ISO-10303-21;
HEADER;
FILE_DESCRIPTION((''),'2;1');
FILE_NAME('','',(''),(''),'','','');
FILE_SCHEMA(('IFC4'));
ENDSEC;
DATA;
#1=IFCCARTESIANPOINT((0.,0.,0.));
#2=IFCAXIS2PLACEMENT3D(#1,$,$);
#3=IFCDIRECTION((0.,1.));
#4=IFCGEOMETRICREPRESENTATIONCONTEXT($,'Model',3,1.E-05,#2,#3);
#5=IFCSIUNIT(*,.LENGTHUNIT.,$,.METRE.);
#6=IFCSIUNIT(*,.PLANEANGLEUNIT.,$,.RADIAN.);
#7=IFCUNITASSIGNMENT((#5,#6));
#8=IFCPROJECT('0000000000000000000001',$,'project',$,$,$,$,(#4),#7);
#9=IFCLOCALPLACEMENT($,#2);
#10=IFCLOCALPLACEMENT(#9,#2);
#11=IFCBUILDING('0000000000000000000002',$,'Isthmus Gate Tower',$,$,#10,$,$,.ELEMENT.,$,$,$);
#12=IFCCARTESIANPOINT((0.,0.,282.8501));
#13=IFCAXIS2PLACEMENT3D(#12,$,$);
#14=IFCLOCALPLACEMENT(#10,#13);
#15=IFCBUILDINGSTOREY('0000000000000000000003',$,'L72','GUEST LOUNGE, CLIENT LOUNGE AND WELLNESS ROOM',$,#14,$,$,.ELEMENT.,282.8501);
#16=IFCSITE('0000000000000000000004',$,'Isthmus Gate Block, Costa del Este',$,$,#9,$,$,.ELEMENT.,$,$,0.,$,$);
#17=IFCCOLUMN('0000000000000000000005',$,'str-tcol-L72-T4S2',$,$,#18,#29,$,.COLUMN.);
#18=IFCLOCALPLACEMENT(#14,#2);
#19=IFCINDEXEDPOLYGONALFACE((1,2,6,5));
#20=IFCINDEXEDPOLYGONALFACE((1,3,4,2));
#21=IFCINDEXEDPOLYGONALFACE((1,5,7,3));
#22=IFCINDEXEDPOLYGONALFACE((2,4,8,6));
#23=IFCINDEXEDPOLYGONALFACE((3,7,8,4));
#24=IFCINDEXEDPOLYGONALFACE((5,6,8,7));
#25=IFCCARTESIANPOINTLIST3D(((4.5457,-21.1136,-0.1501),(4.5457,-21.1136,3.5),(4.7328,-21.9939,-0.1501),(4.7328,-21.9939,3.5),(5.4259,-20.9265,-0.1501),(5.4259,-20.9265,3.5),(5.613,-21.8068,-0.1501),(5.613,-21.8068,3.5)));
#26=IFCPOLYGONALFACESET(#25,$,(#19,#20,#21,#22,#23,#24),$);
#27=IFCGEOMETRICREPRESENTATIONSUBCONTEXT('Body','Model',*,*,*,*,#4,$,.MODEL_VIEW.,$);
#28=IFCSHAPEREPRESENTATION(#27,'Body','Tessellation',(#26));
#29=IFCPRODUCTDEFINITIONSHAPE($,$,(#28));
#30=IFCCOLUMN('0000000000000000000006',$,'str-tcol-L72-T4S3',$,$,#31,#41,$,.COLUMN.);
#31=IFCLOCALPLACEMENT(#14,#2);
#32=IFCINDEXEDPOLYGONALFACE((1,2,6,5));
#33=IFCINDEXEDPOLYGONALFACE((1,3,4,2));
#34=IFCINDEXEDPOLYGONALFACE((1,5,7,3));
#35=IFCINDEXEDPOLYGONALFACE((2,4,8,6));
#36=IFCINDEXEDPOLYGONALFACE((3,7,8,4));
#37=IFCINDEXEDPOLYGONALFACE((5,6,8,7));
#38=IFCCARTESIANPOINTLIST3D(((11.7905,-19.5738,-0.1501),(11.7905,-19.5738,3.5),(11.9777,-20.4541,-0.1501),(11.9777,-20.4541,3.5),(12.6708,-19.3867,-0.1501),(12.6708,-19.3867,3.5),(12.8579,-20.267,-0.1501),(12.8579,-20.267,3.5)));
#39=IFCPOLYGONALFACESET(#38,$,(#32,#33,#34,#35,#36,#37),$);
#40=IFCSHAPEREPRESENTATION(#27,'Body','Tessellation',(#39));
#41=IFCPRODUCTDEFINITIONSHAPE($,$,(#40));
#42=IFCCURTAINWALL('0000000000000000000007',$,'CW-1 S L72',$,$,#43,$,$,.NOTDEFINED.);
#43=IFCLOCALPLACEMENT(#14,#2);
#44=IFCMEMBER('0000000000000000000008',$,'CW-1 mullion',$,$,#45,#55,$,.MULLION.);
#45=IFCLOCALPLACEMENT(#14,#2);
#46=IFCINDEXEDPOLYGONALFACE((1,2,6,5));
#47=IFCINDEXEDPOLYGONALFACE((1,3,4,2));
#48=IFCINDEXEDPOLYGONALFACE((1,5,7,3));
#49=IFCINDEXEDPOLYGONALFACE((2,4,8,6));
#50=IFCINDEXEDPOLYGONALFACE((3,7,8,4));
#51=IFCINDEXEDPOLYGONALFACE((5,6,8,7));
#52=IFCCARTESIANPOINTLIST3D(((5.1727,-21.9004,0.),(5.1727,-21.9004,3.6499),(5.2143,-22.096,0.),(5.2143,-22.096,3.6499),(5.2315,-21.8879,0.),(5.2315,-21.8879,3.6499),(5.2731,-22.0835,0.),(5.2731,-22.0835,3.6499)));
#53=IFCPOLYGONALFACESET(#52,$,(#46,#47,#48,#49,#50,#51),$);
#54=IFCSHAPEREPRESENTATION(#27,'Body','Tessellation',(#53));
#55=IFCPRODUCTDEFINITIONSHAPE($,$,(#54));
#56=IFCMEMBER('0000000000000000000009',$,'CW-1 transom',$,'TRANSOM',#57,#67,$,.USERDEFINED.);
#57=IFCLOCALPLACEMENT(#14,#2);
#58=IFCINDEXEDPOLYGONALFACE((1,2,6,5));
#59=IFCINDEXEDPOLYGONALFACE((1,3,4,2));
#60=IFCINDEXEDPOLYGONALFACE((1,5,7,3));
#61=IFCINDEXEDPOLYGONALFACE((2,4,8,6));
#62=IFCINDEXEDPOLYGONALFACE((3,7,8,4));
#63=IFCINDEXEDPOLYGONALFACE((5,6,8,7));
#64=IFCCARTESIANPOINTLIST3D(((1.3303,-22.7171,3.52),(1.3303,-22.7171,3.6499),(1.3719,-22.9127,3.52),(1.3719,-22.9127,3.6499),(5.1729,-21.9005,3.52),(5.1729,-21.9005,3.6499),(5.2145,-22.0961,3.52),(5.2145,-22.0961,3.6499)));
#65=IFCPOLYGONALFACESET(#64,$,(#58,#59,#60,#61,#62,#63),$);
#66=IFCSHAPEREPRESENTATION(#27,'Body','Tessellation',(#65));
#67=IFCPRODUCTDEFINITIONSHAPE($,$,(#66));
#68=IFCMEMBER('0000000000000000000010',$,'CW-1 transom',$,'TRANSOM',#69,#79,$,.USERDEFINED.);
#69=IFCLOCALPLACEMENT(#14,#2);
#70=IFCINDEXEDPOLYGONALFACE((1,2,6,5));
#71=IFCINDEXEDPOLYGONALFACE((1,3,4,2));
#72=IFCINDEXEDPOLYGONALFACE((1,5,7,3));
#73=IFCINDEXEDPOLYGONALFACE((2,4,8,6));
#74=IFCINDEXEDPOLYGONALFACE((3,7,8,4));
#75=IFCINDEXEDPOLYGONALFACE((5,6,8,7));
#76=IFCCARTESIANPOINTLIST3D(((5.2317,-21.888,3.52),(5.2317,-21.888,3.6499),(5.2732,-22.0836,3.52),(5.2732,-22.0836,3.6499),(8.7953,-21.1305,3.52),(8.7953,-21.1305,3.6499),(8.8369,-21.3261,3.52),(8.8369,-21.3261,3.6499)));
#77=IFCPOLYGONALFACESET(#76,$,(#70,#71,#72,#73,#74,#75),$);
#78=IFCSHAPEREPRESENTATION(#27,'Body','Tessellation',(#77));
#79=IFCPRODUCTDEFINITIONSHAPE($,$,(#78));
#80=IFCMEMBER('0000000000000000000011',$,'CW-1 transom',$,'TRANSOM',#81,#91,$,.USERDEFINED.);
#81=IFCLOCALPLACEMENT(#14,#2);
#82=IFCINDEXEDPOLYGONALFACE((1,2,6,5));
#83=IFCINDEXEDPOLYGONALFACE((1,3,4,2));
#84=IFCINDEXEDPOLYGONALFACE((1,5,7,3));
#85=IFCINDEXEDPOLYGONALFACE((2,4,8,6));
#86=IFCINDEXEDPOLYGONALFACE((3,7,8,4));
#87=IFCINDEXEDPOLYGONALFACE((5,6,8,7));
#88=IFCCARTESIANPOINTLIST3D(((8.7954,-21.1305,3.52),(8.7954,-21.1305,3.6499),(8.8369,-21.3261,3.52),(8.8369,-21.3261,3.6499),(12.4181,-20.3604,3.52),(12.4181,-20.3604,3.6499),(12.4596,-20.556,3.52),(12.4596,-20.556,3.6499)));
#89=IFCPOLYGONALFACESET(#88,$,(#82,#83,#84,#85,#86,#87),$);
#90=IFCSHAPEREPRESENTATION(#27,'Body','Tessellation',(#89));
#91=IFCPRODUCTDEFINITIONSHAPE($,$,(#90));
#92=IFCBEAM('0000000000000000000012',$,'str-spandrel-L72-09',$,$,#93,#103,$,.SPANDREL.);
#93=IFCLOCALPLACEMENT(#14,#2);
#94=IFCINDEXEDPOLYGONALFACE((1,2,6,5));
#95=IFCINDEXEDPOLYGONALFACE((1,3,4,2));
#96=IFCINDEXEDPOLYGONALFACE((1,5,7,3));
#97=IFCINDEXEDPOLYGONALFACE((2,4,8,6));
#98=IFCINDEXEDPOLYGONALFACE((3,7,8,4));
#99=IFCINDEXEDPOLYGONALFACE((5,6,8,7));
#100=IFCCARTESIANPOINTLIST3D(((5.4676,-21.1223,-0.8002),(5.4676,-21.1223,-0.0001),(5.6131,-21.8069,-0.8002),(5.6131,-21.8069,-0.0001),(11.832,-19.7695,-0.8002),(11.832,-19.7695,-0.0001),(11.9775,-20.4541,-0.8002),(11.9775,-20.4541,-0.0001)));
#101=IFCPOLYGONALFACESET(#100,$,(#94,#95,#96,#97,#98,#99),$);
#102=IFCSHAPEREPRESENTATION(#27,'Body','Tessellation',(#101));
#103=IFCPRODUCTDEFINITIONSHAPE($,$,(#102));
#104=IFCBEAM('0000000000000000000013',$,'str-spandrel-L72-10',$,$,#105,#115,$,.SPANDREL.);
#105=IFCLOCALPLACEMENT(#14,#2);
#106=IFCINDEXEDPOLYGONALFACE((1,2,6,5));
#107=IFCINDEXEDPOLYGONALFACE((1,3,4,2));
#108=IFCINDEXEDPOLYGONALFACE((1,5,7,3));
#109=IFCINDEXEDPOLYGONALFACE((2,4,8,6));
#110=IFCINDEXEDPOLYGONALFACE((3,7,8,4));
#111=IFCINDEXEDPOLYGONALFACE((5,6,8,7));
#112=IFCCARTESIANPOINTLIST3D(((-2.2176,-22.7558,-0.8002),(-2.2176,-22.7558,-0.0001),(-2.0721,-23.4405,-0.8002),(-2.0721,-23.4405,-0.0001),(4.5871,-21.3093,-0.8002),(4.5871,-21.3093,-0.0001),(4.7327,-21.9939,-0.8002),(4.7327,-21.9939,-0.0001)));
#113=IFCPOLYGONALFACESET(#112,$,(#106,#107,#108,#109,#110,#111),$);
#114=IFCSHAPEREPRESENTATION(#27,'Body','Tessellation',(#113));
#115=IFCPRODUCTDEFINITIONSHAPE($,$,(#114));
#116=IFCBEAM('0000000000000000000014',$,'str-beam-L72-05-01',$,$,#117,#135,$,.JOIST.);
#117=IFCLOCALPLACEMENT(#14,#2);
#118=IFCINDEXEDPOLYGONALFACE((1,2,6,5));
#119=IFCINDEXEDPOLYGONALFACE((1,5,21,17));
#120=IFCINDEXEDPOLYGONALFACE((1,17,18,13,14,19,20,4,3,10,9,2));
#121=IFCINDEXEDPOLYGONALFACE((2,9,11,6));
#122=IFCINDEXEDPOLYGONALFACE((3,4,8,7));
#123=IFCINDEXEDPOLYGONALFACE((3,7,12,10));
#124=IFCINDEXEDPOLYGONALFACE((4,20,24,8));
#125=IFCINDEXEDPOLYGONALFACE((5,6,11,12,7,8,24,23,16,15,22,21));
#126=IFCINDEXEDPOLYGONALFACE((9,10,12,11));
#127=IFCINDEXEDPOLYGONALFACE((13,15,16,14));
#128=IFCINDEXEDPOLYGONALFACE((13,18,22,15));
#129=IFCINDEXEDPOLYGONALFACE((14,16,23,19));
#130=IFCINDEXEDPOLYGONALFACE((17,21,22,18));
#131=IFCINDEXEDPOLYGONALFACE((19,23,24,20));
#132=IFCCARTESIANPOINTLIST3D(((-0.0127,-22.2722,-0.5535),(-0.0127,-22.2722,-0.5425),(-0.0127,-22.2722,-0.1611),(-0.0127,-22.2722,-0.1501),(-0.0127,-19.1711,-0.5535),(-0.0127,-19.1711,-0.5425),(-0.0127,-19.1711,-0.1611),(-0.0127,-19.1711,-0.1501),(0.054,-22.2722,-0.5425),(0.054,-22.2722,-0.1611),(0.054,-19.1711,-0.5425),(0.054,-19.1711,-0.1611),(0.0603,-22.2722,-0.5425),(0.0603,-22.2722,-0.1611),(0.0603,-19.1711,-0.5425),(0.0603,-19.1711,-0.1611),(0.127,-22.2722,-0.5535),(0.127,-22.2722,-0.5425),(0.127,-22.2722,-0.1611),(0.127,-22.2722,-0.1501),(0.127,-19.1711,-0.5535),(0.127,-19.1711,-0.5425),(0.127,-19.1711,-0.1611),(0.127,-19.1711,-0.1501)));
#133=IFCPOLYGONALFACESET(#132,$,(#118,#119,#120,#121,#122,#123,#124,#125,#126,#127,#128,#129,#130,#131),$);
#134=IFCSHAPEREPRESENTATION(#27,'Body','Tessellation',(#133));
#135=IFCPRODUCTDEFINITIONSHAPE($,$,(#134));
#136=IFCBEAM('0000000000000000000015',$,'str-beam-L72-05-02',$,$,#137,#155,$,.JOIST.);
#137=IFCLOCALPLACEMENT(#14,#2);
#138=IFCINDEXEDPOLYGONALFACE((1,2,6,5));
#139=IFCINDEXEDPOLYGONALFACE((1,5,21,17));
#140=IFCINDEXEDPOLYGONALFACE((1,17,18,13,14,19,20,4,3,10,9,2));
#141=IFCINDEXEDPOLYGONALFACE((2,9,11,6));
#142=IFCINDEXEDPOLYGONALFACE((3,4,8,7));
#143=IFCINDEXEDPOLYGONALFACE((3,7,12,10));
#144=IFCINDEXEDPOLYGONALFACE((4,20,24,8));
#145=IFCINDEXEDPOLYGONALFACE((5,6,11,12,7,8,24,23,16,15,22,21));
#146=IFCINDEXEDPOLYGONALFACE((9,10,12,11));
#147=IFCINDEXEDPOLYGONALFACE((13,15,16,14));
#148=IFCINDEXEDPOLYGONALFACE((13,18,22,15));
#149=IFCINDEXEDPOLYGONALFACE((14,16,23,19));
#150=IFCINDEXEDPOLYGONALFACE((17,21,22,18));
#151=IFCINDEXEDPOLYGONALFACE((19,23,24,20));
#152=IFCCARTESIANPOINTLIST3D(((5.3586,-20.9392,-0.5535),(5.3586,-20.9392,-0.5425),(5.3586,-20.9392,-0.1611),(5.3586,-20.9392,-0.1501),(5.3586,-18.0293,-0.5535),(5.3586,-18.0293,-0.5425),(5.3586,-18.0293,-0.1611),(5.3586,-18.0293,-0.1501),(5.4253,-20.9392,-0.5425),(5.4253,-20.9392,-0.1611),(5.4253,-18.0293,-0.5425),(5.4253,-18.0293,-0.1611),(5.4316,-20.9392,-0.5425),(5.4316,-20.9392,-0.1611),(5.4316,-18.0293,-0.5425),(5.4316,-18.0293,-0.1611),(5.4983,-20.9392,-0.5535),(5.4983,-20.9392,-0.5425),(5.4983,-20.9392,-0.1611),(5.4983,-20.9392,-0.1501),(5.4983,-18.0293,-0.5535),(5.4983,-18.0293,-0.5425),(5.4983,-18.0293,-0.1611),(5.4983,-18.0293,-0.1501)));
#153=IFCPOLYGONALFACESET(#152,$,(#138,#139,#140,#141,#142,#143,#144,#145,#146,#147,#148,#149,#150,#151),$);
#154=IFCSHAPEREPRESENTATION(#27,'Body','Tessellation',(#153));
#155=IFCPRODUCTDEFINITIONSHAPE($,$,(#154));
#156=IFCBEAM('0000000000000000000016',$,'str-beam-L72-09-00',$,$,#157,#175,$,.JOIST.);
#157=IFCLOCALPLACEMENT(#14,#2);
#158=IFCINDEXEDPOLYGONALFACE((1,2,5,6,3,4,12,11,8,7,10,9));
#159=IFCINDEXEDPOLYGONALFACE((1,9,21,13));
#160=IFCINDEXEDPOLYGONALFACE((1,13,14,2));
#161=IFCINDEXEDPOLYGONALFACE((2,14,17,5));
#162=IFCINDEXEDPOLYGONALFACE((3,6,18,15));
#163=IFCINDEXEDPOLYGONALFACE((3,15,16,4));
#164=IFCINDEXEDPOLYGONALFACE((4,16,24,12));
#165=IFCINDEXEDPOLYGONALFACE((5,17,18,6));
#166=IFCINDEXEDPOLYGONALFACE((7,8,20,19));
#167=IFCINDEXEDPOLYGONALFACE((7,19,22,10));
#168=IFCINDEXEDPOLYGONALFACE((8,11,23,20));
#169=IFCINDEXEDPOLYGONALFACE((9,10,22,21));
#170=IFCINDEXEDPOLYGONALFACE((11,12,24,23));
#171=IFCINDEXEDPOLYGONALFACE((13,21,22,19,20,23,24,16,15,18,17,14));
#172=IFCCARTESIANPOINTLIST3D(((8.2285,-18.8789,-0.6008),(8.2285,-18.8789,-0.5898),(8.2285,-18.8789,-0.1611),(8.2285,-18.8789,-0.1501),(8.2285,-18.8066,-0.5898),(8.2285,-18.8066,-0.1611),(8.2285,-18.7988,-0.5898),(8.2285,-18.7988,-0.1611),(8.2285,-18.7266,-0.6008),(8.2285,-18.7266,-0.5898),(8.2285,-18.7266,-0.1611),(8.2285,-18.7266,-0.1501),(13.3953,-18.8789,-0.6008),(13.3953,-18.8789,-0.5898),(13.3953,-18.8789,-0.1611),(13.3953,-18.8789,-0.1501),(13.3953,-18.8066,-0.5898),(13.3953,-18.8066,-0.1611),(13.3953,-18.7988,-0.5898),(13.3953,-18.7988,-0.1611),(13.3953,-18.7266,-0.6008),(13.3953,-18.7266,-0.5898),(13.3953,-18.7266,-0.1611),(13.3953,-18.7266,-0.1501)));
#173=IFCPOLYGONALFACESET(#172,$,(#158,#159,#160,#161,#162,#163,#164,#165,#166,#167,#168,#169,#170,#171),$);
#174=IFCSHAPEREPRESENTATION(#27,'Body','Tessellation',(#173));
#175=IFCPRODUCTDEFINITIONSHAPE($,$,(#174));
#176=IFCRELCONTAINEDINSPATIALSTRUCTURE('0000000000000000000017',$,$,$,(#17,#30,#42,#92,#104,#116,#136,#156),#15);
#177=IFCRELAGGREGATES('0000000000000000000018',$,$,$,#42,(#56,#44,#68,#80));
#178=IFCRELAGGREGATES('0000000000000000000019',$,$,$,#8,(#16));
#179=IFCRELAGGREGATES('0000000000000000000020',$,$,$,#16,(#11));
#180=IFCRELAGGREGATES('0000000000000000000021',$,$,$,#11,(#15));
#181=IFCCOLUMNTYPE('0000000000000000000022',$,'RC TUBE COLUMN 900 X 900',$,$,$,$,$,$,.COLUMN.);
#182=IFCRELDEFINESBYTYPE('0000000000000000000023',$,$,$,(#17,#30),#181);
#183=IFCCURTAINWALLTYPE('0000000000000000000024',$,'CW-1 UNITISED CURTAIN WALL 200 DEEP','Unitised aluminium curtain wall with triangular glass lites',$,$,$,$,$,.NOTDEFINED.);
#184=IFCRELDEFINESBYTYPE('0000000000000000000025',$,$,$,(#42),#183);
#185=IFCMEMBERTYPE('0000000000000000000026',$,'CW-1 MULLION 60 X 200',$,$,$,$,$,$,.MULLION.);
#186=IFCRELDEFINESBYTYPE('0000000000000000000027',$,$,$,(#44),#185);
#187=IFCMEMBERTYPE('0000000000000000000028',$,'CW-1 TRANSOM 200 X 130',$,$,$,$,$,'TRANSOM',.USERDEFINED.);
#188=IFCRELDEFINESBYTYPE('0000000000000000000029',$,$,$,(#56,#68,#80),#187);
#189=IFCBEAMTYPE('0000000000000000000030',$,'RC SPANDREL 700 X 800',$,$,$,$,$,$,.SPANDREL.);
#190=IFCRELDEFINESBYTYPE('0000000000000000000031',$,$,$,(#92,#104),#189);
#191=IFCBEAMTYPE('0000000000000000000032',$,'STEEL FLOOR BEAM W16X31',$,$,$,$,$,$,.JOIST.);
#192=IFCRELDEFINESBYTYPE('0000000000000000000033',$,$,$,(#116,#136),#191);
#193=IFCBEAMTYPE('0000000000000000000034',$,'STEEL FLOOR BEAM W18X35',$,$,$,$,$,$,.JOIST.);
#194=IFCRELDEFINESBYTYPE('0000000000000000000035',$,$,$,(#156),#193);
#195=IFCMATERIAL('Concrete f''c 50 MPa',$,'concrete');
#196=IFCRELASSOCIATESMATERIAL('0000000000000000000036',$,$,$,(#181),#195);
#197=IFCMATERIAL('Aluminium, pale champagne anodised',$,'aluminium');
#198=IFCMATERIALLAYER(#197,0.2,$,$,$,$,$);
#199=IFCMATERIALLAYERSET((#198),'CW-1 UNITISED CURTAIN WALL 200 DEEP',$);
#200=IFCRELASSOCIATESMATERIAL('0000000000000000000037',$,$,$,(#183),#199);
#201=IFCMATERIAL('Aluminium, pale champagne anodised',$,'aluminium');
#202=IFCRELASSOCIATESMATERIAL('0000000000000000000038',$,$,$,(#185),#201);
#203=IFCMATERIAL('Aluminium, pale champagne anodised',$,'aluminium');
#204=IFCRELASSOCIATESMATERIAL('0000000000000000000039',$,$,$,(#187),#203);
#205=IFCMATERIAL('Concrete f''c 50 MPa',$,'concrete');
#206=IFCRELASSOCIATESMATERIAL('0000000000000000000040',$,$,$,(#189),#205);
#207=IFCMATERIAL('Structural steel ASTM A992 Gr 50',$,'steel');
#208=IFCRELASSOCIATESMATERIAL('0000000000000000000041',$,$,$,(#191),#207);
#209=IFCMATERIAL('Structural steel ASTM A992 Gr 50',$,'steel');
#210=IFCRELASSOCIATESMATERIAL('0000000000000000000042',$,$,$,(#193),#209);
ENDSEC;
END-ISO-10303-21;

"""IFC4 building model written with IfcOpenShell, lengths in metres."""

from ifc_helpers import new_model, si_unit, direction, frame, origin, origin_2d, place, context, subcontext, project, spatial, rectangle, i_section, extrude, material, layer, layer_set, material_profile, profile_set, type_object, element, aggregate, save


model = new_model("IFC4")

# Units and contexts
model_context = context("Model", 3, precision=1e-05, world=origin(), true_north=direction((0.0, 1.0)))
body_context = subcontext(model_context, "Body", "Model", "MODEL_VIEW")
ifc_project = project(units=[si_unit("LENGTHUNIT", "METRE"), si_unit("PLANEANGLEUNIT", "RADIAN")], contexts=[model_context])

# Site, building, storey
site_placement = place(None, origin())
site = spatial("IfcSite", under=ifc_project, at=site_placement, Name="Isthmus Gate Block, Costa del Este", CompositionType="ELEMENT", RefElevation=0.0)
building_placement = place(site_placement, origin())
building = spatial("IfcBuilding", under=site, at=building_placement, Name="Isthmus Gate Tower", CompositionType="ELEMENT")
storey_placement = place(building_placement, frame((0.0, 0.0, 282.8501)))
storey = spatial("IfcBuildingStorey", under=building, at=storey_placement, Name="L72", Description="GUEST LOUNGE, CLIENT LOUNGE AND WELLNESS ROOM", CompositionType="ELEMENT", Elevation=282.8501)

# Columns
ifc_material_1 = material(Name="Concrete f'c 50 MPa", Category="concrete")
ifc_material_profile_1 = material_profile(ifc_material_1, rectangle(XDim=0.8999, YDim=0.8999, at=origin_2d()), Name="RC 900X900")
ifc_profile_set_1 = profile_set([ifc_material_profile_1], Name="Concrete f'c 50 MPa")
column_type = type_object("IfcColumnType", Name="RC TUBE COLUMN 900 X 900", PredefinedType="COLUMN", material=ifc_profile_set_1)
for number, where, z_axis, x_axis, name in (
    (1, (5.0793, -21.4602, -0.1501), (0.0, 0.0, 1.0), (0.978148, 0.207912, 0.0), "str-tcol-L72-T4S2"),
    (2, (12.3242, -19.9204, -0.1501), (0.0, 0.0, 1.0), (0.978148, 0.207912, 0.0), "str-tcol-L72-T4S3"),
):
    element("IfcColumn", number, at=place(storey_placement, frame(where, z_axis=z_axis, x_axis=x_axis)), inside=storey, type_object=column_type, Name=name, PredefinedType="COLUMN", context=body_context, shape_type="SweptSolid", body=[
        extrude(rectangle(XDim=0.8999, YDim=0.8999, at=origin_2d()), origin(), (0.0, 0.0, 1.0), 3.6501),
    ])

# Curtain wall, members
ifc_material_2 = material(Name="Aluminium, pale champagne anodised", Category="aluminium")
ifc_layer_1 = layer(ifc_material_2, 0.2)
ifc_layer_set_1 = layer_set([ifc_layer_1], Name="CW-1 UNITISED CURTAIN WALL 200 DEEP")
curtain_wall_type = type_object("IfcCurtainWallType", Name="CW-1 UNITISED CURTAIN WALL 200 DEEP", Description="Unitised aluminium curtain wall with triangular glass lites", PredefinedType="NOTDEFINED", material=ifc_layer_set_1)
curtain_wall_placement = place(storey_placement, origin())
curtain_wall = element("IfcCurtainWall", 3, at=curtain_wall_placement, inside=storey, type_object=curtain_wall_type, Name="CW-1 S L72", PredefinedType="NOTDEFINED")
ifc_material_3 = material(Name="Aluminium, pale champagne anodised", Category="aluminium")
ifc_material_profile_2 = material_profile(ifc_material_3, rectangle(XDim=0.0601, YDim=0.2, at=origin_2d()), Name="60x200")
ifc_profile_set_2 = profile_set([ifc_material_profile_2], Name="Aluminium, pale champagne anodised")
member_type_1 = type_object("IfcMemberType", Name="CW-1 MULLION 60 X 200", PredefinedType="MULLION", material=ifc_profile_set_2)
member_1_placement = place(storey_placement, frame((5.2229, -21.9919, 0.0), z_axis=(0.0, 0.0, 1.0), x_axis=(0.978148, 0.207912, 0.0)))
member_1 = element("IfcMember", 4, at=member_1_placement, type_object=member_type_1, Name="CW-1 mullion", PredefinedType="MULLION", context=body_context, shape_type="SweptSolid", body=[
    extrude(rectangle(XDim=0.0601, YDim=0.2, at=origin_2d()), origin(), (0.0, 0.0, 1.0), 3.6499),
])
ifc_material_4 = material(Name="Aluminium, pale champagne anodised", Category="aluminium")
ifc_material_profile_3 = material_profile(ifc_material_4, rectangle(XDim=0.2, YDim=0.1299, at=origin_2d()), Name="200x130")
ifc_profile_set_3 = profile_set([ifc_material_profile_3], Name="Aluminium, pale champagne anodised")
member_type_2 = type_object("IfcMemberType", Name="CW-1 TRANSOM 200 X 130", ElementType="TRANSOM", PredefinedType="USERDEFINED", material=ifc_profile_set_3)
member_2_placement = place(storey_placement, frame((1.3511, -22.8149, 3.585), z_axis=(0.978153, 0.207886, 0.0), x_axis=(-0.207886, 0.978153, 0.0)))
member_2 = element("IfcMember", 5, at=member_2_placement, type_object=member_type_2, Name="CW-1 transom", ObjectType="TRANSOM", PredefinedType="USERDEFINED", context=body_context, shape_type="SweptSolid", body=[
    extrude(rectangle(XDim=0.2, YDim=0.1299, at=origin_2d()), origin(), (0.0, 0.0, 1.0), 3.9285),
])
member_3_placement = place(storey_placement, frame((5.2524, -21.9858, 3.585), z_axis=(0.978143, 0.207932, 0.0), x_axis=(-0.207932, 0.978143, 0.0)))
member_3 = element("IfcMember", 6, at=member_3_placement, type_object=member_type_2, Name="CW-1 transom", ObjectType="TRANSOM", PredefinedType="USERDEFINED", context=body_context, shape_type="SweptSolid", body=[
    extrude(rectangle(XDim=0.2, YDim=0.1299, at=origin_2d()), origin(), (0.0, 0.0, 1.0), 3.6433),
])
member_4_placement = place(storey_placement, frame((8.8162, -21.2283, 3.585), z_axis=(0.978146, 0.207917, 0.0), x_axis=(-0.207917, 0.978146, 0.0)))
member_4 = element("IfcMember", 7, at=member_4_placement, type_object=member_type_2, Name="CW-1 transom", ObjectType="TRANSOM", PredefinedType="USERDEFINED", context=body_context, shape_type="SweptSolid", body=[
    extrude(rectangle(XDim=0.2, YDim=0.1299, at=origin_2d()), origin(), (0.0, 0.0, 1.0), 3.7036),
])

# Beams
ifc_material_5 = material(Name="Concrete f'c 50 MPa", Category="concrete")
ifc_material_profile_4 = material_profile(ifc_material_5, rectangle(XDim=0.7, YDim=0.8, at=origin_2d()), Name="RC 700X800")
ifc_profile_set_4 = profile_set([ifc_material_profile_4], Name="Concrete f'c 50 MPa")
beam_type_1 = type_object("IfcBeamType", Name="RC SPANDREL 700 X 800", PredefinedType="SPANDREL", material=ifc_profile_set_4)
beam_1_placement = place(storey_placement, frame((11.9048, -20.1118, -0.4001), z_axis=(-0.978149, -0.207907, 0.0), x_axis=(0.207907, -0.978149, 0.0)))
element("IfcBeam", 8, at=beam_1_placement, inside=storey, type_object=beam_type_1, Name="str-spandrel-L72-09", PredefinedType="SPANDREL", context=body_context, shape_type="SweptSolid", body=[
    extrude(rectangle(XDim=0.7, YDim=0.8, at=origin_2d()), origin(), (0.0, 0.0, 1.0), 6.5066),
])
beam_2_placement = place(storey_placement, frame((4.6599, -21.6516, -0.4001), z_axis=(-0.978143, -0.207933, 0.0), x_axis=(0.207933, -0.978143, 0.0)))
element("IfcBeam", 9, at=beam_2_placement, inside=storey, type_object=beam_type_1, Name="str-spandrel-L72-10", PredefinedType="SPANDREL", context=body_context, shape_type="SweptSolid", body=[
    extrude(rectangle(XDim=0.7, YDim=0.8, at=origin_2d()), origin(), (0.0, 0.0, 1.0), 6.9568),
])
ifc_material_6 = material(Name="Structural steel ASTM A992 Gr 50", Category="steel")
ifc_material_profile_5 = material_profile(ifc_material_6, i_section(OverallWidth=0.1396, OverallDepth=0.4033, WebThickness=0.0063, FlangeThickness=0.011, at=origin_2d()), Name="W16X31")
ifc_profile_set_5 = profile_set([ifc_material_profile_5], Name="Structural steel ASTM A992 Gr 50")
beam_type_2 = type_object("IfcBeamType", Name="STEEL FLOOR BEAM W16X31", PredefinedType="JOIST", material=ifc_profile_set_5)
beam_3_placement = place(storey_placement, frame((0.0571, -22.2722, -0.3518), z_axis=(0.0, 1.0, 0.0), x_axis=(-1.0, 0.0, 0.0)))
element("IfcBeam", 10, at=beam_3_placement, inside=storey, type_object=beam_type_2, Name="str-beam-L72-05-01", PredefinedType="JOIST", context=body_context, shape_type="SweptSolid", body=[
    extrude(i_section(OverallWidth=0.1396, OverallDepth=0.4033, WebThickness=0.0063, FlangeThickness=0.011, at=origin_2d()), origin(), (0.0, 0.0, 1.0), 3.1011),
])
beam_4_placement = place(storey_placement, frame((5.4285, -20.9392, -0.3518), z_axis=(0.0, 1.0, 0.0), x_axis=(-1.0, 0.0, 0.0)))
element("IfcBeam", 11, at=beam_4_placement, inside=storey, type_object=beam_type_2, Name="str-beam-L72-05-02", PredefinedType="JOIST", context=body_context, shape_type="SweptSolid", body=[
    extrude(i_section(OverallWidth=0.1396, OverallDepth=0.4033, WebThickness=0.0063, FlangeThickness=0.011, at=origin_2d()), origin(), (0.0, 0.0, 1.0), 2.9099),
])
ifc_material_7 = material(Name="Structural steel ASTM A992 Gr 50", Category="steel")
ifc_material_profile_6 = material_profile(ifc_material_7, i_section(OverallWidth=0.1523, OverallDepth=0.4507, WebThickness=0.0078, FlangeThickness=0.011, at=origin_2d()), Name="W18X35")
ifc_profile_set_6 = profile_set([ifc_material_profile_6], Name="Structural steel ASTM A992 Gr 50")
beam_type_3 = type_object("IfcBeamType", Name="STEEL FLOOR BEAM W18X35", PredefinedType="JOIST", material=ifc_profile_set_6)
for number, where, z_axis, x_axis, name in (
    (12, (8.2285, -18.8027, -0.3755), (1.0, 0.0, 0.0), (0.0, 1.0, 0.0), "str-beam-L72-09-00"),
):
    element("IfcBeam", number, at=place(storey_placement, frame(where, z_axis=z_axis, x_axis=x_axis)), inside=storey, type_object=beam_type_3, Name=name, PredefinedType="JOIST", context=body_context, shape_type="SweptSolid", body=[
        extrude(i_section(OverallWidth=0.1523, OverallDepth=0.4507, WebThickness=0.0078, FlangeThickness=0.011, at=origin_2d()), origin(), (0.0, 0.0, 1.0), 5.1667),
    ])

aggregate(curtain_wall, [member_2, member_1, member_3, member_4])

save(model, "model.ifc")
